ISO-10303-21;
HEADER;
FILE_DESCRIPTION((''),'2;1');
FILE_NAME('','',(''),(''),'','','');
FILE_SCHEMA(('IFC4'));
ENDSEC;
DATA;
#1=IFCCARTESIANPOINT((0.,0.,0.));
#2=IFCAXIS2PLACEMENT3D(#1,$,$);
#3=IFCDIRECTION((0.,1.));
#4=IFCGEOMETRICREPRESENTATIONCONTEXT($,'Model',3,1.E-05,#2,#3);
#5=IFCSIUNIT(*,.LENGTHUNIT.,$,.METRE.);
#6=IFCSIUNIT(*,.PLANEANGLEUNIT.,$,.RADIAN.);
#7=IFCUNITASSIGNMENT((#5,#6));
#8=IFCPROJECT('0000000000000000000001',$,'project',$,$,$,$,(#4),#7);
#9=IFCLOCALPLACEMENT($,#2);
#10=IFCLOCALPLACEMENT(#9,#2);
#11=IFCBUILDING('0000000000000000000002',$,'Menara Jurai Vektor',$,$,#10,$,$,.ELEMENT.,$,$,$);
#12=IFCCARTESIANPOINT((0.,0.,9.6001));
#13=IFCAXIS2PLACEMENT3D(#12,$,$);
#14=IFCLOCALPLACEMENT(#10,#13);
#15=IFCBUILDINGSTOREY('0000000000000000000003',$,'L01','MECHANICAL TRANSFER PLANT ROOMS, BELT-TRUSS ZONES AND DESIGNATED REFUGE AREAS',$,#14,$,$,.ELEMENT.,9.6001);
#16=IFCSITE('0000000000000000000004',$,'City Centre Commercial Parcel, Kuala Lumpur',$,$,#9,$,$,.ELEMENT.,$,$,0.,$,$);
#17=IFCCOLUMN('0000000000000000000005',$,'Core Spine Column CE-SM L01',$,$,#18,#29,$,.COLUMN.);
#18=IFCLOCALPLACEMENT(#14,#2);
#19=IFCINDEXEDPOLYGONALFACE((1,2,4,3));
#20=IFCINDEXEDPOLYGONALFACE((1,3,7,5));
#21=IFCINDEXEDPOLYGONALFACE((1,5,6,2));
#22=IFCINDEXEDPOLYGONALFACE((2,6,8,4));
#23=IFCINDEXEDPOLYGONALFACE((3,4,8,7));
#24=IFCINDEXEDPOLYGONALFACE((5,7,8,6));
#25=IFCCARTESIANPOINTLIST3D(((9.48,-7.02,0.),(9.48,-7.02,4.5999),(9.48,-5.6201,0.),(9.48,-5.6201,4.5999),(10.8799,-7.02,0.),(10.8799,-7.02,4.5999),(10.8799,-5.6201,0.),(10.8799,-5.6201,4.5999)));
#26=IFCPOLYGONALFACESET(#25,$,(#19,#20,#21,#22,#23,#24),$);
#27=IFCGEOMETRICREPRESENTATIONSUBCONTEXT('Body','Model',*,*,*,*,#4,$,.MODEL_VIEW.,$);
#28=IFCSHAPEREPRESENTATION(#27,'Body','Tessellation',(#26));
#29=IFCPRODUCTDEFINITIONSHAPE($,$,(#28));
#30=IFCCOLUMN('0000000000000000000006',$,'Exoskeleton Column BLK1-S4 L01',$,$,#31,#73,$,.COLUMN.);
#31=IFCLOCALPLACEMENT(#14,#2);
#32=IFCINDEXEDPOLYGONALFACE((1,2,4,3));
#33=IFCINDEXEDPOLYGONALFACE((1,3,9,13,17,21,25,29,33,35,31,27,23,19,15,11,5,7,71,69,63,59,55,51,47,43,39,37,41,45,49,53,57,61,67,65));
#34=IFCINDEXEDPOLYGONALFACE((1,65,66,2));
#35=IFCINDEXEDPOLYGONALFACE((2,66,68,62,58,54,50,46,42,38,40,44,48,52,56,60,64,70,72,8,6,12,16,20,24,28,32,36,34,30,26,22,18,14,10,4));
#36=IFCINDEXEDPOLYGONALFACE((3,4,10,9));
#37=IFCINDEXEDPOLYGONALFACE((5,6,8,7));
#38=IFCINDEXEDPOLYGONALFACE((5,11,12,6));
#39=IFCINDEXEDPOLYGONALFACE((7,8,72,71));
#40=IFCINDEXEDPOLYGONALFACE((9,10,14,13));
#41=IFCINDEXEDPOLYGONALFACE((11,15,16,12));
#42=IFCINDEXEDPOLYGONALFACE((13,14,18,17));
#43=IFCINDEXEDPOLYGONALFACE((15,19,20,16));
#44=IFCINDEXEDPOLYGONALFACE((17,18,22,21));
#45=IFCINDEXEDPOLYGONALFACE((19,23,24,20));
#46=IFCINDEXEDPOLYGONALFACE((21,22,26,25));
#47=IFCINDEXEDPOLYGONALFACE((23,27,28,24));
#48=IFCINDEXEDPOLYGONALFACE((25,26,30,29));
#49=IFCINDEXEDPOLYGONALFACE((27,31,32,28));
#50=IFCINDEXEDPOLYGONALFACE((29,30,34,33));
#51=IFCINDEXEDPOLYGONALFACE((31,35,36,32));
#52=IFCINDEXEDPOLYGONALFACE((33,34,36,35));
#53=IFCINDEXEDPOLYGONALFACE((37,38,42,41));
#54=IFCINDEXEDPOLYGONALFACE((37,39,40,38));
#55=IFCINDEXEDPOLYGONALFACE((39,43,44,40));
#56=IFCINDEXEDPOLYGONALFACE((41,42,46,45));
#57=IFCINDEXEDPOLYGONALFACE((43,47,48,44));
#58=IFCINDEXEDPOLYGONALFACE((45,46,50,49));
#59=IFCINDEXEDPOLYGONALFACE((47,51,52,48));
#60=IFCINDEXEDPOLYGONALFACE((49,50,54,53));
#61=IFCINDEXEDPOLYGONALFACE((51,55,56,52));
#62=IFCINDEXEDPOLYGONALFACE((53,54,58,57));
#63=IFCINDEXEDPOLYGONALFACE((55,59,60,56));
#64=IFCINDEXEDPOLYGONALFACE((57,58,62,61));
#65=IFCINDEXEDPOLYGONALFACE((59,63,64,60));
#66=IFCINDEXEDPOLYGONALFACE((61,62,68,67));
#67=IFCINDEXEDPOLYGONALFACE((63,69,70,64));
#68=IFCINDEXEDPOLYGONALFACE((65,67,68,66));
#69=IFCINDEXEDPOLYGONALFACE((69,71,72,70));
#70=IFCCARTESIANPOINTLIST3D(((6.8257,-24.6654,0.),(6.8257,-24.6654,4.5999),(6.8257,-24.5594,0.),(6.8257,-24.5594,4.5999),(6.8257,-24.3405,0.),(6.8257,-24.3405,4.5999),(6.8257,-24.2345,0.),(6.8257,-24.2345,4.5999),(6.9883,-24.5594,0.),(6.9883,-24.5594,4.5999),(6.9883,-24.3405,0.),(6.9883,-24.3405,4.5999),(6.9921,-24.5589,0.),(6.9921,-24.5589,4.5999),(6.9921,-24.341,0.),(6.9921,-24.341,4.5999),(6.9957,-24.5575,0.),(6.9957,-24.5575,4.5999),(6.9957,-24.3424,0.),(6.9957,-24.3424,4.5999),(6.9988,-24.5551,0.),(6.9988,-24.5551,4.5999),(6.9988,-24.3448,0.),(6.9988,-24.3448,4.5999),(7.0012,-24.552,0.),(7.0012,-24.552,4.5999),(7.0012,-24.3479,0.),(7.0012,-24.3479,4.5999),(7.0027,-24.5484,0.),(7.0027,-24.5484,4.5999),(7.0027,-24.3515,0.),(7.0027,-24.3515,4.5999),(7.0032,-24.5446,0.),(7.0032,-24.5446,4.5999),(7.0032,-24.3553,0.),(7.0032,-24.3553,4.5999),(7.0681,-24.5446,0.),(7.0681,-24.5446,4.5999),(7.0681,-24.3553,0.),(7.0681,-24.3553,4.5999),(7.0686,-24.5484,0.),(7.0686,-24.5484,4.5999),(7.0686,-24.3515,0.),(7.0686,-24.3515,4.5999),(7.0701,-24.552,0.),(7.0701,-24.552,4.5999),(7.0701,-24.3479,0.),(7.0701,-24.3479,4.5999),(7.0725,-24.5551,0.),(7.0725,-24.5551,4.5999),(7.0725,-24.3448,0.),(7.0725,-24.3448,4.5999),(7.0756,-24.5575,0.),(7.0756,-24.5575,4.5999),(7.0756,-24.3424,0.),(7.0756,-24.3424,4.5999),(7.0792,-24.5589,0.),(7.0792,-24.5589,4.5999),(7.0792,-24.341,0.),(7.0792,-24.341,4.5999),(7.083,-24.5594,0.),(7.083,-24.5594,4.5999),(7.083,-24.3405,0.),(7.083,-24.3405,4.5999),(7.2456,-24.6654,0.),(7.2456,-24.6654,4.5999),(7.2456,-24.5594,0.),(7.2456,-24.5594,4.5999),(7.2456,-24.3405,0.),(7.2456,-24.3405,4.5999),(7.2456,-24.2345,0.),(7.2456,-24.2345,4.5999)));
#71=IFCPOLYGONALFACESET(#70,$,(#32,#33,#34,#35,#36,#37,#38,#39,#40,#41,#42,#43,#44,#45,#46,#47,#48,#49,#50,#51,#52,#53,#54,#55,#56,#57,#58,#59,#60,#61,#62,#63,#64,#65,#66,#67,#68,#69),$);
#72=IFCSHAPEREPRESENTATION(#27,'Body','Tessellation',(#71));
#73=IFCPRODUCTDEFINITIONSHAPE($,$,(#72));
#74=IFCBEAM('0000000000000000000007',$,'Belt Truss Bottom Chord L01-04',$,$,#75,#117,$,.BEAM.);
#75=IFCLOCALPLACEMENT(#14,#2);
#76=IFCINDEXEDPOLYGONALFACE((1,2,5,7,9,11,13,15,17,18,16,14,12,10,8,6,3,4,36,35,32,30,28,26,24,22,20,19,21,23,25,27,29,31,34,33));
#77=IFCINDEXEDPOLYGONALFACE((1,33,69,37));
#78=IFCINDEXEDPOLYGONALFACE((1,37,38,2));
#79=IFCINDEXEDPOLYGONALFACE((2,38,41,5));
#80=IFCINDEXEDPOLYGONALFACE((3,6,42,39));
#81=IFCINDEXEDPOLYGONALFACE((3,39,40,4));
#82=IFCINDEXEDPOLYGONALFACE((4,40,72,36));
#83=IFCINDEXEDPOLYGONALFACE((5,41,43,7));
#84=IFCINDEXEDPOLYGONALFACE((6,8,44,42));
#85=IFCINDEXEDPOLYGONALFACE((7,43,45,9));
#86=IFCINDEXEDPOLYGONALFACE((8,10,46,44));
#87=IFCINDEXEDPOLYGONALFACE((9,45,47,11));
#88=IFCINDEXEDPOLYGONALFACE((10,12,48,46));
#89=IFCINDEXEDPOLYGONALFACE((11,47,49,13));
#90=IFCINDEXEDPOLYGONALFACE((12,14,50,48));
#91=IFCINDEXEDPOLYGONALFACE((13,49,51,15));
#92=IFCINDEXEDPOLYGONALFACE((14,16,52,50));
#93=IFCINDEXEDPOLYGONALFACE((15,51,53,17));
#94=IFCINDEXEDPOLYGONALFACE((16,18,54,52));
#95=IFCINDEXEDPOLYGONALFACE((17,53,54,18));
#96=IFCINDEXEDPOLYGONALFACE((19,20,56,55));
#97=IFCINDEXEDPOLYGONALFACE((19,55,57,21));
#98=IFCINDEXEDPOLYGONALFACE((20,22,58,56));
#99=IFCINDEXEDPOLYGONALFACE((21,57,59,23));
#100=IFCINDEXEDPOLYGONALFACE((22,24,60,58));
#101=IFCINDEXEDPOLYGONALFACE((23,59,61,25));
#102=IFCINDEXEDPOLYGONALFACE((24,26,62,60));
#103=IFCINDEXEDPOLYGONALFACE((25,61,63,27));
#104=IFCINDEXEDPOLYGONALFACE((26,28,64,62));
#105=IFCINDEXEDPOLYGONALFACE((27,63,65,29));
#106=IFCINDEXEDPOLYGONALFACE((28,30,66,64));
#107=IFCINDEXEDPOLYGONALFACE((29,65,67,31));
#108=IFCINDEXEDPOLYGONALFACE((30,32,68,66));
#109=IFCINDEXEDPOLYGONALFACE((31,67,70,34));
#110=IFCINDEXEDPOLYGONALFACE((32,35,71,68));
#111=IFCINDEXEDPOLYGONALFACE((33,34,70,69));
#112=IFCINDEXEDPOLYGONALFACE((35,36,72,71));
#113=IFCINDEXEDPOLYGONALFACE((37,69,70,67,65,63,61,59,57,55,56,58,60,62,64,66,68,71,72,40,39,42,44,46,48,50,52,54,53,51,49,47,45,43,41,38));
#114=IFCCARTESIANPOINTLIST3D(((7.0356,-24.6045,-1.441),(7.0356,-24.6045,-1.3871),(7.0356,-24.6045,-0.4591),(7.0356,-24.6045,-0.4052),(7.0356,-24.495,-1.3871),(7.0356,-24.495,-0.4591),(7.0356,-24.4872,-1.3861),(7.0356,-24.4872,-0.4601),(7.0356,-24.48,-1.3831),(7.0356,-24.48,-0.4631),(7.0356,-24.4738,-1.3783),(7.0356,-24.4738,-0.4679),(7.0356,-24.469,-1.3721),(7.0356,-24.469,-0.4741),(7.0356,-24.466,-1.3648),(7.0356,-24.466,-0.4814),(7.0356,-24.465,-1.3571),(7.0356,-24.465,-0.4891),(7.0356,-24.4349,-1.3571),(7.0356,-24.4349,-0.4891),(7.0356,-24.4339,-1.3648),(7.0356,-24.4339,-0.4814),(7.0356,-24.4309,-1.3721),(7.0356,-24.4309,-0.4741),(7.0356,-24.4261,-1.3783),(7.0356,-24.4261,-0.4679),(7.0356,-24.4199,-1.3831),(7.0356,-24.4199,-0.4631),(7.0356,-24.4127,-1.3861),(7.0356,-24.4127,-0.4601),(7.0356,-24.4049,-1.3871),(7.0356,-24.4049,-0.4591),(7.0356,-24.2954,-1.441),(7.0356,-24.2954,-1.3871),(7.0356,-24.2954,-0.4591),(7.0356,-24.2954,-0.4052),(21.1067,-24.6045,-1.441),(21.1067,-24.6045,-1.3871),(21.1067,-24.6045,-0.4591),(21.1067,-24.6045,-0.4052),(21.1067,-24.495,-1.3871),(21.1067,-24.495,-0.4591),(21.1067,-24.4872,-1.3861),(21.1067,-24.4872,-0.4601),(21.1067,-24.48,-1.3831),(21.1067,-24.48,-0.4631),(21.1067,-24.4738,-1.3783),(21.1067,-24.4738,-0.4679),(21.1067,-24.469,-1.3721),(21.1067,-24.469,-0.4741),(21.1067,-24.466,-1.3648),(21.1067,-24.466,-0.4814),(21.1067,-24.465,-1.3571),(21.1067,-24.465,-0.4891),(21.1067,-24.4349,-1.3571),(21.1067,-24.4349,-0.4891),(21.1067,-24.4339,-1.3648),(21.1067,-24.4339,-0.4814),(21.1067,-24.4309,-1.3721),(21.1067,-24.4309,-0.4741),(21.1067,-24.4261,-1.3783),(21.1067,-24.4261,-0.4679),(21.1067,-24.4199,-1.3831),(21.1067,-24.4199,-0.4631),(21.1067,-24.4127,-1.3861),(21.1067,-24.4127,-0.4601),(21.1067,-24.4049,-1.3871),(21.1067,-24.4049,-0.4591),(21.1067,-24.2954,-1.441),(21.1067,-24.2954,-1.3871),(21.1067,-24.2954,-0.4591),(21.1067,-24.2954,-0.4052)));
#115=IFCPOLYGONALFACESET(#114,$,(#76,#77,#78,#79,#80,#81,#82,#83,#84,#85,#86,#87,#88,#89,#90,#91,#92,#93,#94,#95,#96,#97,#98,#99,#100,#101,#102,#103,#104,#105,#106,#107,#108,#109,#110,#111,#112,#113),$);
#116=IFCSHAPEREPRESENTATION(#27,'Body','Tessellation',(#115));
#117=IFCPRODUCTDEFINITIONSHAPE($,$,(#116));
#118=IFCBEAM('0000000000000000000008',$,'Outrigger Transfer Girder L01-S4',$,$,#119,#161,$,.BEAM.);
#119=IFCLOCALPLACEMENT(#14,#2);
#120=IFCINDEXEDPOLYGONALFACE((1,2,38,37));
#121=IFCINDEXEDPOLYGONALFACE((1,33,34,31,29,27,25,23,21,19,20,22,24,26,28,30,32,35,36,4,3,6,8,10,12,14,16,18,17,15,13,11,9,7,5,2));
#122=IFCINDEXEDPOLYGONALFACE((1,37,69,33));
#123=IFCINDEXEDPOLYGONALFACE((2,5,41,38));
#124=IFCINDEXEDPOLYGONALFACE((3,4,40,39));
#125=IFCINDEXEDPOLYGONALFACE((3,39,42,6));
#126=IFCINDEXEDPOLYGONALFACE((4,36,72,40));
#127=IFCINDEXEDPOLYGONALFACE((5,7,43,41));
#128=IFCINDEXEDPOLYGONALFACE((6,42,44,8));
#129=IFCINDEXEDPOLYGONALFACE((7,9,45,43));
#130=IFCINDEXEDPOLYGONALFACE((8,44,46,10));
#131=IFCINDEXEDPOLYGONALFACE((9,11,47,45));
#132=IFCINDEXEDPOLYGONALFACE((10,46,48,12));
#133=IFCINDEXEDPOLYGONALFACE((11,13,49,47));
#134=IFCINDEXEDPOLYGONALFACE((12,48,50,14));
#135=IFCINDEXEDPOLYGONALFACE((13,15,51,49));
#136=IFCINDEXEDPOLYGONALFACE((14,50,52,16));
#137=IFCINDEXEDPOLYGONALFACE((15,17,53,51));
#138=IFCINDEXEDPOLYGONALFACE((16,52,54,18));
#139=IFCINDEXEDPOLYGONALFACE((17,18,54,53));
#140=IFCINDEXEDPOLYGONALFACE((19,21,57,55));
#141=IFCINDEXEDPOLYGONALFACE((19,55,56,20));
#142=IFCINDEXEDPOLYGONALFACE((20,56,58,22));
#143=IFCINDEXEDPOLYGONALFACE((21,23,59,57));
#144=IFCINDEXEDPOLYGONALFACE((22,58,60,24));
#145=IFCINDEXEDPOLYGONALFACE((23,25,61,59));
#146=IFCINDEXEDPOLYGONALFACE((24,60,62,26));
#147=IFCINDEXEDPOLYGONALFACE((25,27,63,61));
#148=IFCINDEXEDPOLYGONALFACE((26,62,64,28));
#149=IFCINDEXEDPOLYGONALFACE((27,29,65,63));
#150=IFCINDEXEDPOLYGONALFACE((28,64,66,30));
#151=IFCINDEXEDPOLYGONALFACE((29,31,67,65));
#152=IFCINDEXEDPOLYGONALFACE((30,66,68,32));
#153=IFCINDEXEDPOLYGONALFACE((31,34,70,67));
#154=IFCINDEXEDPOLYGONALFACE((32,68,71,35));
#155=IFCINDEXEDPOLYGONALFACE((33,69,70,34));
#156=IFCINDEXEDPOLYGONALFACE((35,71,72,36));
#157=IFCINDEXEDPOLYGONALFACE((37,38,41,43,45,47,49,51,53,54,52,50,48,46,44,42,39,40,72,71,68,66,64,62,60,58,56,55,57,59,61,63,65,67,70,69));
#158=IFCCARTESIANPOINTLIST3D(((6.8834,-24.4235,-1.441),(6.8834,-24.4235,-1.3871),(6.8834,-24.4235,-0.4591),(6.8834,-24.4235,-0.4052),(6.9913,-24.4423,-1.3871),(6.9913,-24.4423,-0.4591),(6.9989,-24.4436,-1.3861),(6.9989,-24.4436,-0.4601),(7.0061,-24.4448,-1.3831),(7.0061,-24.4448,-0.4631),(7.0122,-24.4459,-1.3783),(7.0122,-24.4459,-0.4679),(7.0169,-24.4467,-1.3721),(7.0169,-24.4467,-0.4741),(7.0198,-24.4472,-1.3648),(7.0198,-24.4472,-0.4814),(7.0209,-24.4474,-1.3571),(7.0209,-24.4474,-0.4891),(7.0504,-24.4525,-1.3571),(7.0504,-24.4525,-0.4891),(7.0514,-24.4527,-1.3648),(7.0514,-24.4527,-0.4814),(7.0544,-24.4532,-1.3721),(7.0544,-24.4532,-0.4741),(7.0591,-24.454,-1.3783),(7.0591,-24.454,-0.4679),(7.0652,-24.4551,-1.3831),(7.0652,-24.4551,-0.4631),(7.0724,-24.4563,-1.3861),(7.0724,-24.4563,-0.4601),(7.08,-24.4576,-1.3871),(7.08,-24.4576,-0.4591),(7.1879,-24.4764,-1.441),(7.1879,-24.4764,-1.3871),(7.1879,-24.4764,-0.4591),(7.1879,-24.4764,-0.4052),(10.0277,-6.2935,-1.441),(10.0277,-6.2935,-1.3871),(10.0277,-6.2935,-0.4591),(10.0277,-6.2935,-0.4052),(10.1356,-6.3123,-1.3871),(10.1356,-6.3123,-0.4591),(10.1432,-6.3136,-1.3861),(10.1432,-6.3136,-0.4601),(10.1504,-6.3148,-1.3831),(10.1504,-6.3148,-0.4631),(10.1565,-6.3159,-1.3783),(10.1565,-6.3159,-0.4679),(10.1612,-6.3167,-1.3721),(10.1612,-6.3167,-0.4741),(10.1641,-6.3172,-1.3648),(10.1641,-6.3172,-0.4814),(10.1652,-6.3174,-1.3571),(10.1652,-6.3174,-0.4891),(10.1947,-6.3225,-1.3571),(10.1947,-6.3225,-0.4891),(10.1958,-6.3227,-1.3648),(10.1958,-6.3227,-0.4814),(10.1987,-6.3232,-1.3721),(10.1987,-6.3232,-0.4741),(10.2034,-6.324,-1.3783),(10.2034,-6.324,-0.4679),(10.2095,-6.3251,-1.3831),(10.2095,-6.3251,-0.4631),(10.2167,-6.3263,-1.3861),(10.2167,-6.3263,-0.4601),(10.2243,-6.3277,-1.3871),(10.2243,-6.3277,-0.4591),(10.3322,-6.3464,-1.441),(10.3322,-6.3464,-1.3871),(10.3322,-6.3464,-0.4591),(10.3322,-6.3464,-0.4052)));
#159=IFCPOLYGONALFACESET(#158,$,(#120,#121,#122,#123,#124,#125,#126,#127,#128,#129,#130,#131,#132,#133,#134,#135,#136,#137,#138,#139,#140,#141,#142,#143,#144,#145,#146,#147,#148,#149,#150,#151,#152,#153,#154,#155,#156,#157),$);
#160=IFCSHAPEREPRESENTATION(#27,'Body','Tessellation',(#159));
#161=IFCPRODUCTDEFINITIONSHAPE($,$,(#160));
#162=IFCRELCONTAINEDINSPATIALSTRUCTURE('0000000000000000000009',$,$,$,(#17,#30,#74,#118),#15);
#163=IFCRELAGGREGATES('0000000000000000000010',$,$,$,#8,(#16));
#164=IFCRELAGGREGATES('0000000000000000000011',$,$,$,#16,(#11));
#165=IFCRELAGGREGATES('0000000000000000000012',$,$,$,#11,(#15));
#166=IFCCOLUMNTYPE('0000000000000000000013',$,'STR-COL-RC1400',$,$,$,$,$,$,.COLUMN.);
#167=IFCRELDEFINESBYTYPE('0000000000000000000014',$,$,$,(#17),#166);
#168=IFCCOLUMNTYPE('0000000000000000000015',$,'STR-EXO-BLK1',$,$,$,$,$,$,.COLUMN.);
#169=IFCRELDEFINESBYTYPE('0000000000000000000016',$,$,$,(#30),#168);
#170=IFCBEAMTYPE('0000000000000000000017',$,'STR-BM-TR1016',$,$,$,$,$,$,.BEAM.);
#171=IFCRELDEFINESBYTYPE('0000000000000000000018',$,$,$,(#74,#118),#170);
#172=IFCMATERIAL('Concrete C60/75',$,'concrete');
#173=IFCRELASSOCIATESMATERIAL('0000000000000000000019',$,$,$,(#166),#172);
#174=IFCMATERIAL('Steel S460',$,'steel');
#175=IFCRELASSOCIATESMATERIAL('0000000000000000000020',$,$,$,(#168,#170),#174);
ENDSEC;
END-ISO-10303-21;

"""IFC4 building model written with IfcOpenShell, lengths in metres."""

from ifc_helpers import new_model, si_unit, direction, frame, origin, origin_2d, place, context, subcontext, project, spatial, rectangle, i_section, extrude, material, material_profile, profile_set, type_object, element, save


model = new_model("IFC4")

# Units and contexts
model_context = context("Model", 3, precision=1e-05, world=origin(), true_north=direction((0.0, 1.0)))
body_context = subcontext(model_context, "Body", "Model", "MODEL_VIEW")
ifc_project = project(units=[si_unit("LENGTHUNIT", "METRE"), si_unit("PLANEANGLEUNIT", "RADIAN")], contexts=[model_context])

# Site, building, storey
site_placement = place(None, origin())
site = spatial("IfcSite", under=ifc_project, at=site_placement, Name="City Centre Commercial Parcel, Kuala Lumpur", CompositionType="ELEMENT", RefElevation=0.0)
building_placement = place(site_placement, origin())
building = spatial("IfcBuilding", under=site, at=building_placement, Name="Menara Jurai Vektor", CompositionType="ELEMENT")
storey_placement = place(building_placement, frame((0.0, 0.0, 9.6001)))
storey = spatial("IfcBuildingStorey", under=building, at=storey_placement, Name="L01", Description="MECHANICAL TRANSFER PLANT ROOMS, BELT-TRUSS ZONES AND DESIGNATED REFUGE AREAS", CompositionType="ELEMENT", Elevation=9.6001)

# Columns
ifc_material_1 = material(Name="Concrete C60/75", Category="concrete")
ifc_material_profile_1 = material_profile(ifc_material_1, rectangle(XDim=1.3999, YDim=1.3999, at=origin_2d()), Name="RC 1400x1400")
ifc_profile_set_1 = profile_set([ifc_material_profile_1], Name="Concrete C60/75")
column_type_1 = type_object("IfcColumnType", Name="STR-COL-RC1400", PredefinedType="COLUMN", material=ifc_profile_set_1)
column_1_placement = place(storey_placement, frame((10.1799, -6.3201, 0.0), z_axis=(0.0, 0.0, 1.0), x_axis=(1.0, 0.0, 0.0)))
element("IfcColumn", 1, at=column_1_placement, inside=storey, type_object=column_type_1, Name="Core Spine Column CE-SM L01", PredefinedType="COLUMN", context=body_context, shape_type="SweptSolid", body=[
    extrude(rectangle(XDim=1.3999, YDim=1.3999, at=origin_2d()), origin(), (0.0, 0.0, 1.0), 4.5999),
])
ifc_material_2 = material(Name="Steel S460", Category="steel")
ifc_material_profile_2 = material_profile(ifc_material_2, i_section(OverallWidth=0.4199, OverallDepth=0.4309, WebThickness=0.0649, FlangeThickness=0.106, FilletRadius=0.0149, at=origin_2d()), Name="HD 400x900")
ifc_profile_set_2 = profile_set([ifc_material_profile_2], Name="Steel S460")
column_type_2 = type_object("IfcColumnType", Name="STR-EXO-BLK1", PredefinedType="COLUMN", material=ifc_profile_set_2)
column_2_placement = place(storey_placement, frame((7.0356, -24.45, 0.0), z_axis=(0.0, 0.0, 1.0), x_axis=(1.0, 0.0, 0.0)))
element("IfcColumn", 2, at=column_2_placement, inside=storey, type_object=column_type_2, Name="Exoskeleton Column BLK1-S4 L01", PredefinedType="COLUMN", context=body_context, shape_type="SweptSolid", body=[
    extrude(i_section(OverallWidth=0.4199, OverallDepth=0.4309, WebThickness=0.0649, FlangeThickness=0.106, FilletRadius=0.0149, at=origin_2d()), origin(), (0.0, 0.0, 1.0), 4.5999),
])

# Beams
ifc_material_profile_3 = material_profile(ifc_material_2, i_section(OverallWidth=0.3091, OverallDepth=1.0359, WebThickness=0.03, FlangeThickness=0.054, FilletRadius=0.03, at=origin_2d()), Name="UKB 1016x305x487")
ifc_profile_set_3 = profile_set([ifc_material_profile_3], Name="Steel S460")
beam_type_1 = type_object("IfcBeamType", Name="STR-BM-TR1016", PredefinedType="BEAM", material=ifc_profile_set_3)
beam_1_placement = place(storey_placement, frame((7.0356, -24.45, -0.9231), z_axis=(1.0, 0.0, 0.0), x_axis=(0.0, 1.0, 0.0)))
element("IfcBeam", 3, at=beam_1_placement, inside=storey, type_object=beam_type_1, Name="Belt Truss Bottom Chord L01-04", PredefinedType="BEAM", context=body_context, shape_type="SweptSolid", body=[
    extrude(i_section(OverallWidth=0.3091, OverallDepth=1.0359, WebThickness=0.03, FlangeThickness=0.054, FilletRadius=0.03, at=origin_2d()), origin(), (0.0, 0.0, 1.0), 14.071),
])
beam_2_placement = place(storey_placement, frame((7.0356, -24.45, -0.9231), z_axis=(0.17088, 0.985292, 0.0), x_axis=(-0.985292, 0.17088, 0.0)))
element("IfcBeam", 4, at=beam_2_placement, inside=storey, type_object=beam_type_1, Name="Outrigger Transfer Girder L01-S4", PredefinedType="BEAM", context=body_context, shape_type="SweptSolid", body=[
    extrude(i_section(OverallWidth=0.3091, OverallDepth=1.0359, WebThickness=0.03, FlangeThickness=0.054, FilletRadius=0.03, at=origin_2d()), origin(), (0.0, 0.0, 1.0), 18.4006),
])

save(model, "model.ifc")
